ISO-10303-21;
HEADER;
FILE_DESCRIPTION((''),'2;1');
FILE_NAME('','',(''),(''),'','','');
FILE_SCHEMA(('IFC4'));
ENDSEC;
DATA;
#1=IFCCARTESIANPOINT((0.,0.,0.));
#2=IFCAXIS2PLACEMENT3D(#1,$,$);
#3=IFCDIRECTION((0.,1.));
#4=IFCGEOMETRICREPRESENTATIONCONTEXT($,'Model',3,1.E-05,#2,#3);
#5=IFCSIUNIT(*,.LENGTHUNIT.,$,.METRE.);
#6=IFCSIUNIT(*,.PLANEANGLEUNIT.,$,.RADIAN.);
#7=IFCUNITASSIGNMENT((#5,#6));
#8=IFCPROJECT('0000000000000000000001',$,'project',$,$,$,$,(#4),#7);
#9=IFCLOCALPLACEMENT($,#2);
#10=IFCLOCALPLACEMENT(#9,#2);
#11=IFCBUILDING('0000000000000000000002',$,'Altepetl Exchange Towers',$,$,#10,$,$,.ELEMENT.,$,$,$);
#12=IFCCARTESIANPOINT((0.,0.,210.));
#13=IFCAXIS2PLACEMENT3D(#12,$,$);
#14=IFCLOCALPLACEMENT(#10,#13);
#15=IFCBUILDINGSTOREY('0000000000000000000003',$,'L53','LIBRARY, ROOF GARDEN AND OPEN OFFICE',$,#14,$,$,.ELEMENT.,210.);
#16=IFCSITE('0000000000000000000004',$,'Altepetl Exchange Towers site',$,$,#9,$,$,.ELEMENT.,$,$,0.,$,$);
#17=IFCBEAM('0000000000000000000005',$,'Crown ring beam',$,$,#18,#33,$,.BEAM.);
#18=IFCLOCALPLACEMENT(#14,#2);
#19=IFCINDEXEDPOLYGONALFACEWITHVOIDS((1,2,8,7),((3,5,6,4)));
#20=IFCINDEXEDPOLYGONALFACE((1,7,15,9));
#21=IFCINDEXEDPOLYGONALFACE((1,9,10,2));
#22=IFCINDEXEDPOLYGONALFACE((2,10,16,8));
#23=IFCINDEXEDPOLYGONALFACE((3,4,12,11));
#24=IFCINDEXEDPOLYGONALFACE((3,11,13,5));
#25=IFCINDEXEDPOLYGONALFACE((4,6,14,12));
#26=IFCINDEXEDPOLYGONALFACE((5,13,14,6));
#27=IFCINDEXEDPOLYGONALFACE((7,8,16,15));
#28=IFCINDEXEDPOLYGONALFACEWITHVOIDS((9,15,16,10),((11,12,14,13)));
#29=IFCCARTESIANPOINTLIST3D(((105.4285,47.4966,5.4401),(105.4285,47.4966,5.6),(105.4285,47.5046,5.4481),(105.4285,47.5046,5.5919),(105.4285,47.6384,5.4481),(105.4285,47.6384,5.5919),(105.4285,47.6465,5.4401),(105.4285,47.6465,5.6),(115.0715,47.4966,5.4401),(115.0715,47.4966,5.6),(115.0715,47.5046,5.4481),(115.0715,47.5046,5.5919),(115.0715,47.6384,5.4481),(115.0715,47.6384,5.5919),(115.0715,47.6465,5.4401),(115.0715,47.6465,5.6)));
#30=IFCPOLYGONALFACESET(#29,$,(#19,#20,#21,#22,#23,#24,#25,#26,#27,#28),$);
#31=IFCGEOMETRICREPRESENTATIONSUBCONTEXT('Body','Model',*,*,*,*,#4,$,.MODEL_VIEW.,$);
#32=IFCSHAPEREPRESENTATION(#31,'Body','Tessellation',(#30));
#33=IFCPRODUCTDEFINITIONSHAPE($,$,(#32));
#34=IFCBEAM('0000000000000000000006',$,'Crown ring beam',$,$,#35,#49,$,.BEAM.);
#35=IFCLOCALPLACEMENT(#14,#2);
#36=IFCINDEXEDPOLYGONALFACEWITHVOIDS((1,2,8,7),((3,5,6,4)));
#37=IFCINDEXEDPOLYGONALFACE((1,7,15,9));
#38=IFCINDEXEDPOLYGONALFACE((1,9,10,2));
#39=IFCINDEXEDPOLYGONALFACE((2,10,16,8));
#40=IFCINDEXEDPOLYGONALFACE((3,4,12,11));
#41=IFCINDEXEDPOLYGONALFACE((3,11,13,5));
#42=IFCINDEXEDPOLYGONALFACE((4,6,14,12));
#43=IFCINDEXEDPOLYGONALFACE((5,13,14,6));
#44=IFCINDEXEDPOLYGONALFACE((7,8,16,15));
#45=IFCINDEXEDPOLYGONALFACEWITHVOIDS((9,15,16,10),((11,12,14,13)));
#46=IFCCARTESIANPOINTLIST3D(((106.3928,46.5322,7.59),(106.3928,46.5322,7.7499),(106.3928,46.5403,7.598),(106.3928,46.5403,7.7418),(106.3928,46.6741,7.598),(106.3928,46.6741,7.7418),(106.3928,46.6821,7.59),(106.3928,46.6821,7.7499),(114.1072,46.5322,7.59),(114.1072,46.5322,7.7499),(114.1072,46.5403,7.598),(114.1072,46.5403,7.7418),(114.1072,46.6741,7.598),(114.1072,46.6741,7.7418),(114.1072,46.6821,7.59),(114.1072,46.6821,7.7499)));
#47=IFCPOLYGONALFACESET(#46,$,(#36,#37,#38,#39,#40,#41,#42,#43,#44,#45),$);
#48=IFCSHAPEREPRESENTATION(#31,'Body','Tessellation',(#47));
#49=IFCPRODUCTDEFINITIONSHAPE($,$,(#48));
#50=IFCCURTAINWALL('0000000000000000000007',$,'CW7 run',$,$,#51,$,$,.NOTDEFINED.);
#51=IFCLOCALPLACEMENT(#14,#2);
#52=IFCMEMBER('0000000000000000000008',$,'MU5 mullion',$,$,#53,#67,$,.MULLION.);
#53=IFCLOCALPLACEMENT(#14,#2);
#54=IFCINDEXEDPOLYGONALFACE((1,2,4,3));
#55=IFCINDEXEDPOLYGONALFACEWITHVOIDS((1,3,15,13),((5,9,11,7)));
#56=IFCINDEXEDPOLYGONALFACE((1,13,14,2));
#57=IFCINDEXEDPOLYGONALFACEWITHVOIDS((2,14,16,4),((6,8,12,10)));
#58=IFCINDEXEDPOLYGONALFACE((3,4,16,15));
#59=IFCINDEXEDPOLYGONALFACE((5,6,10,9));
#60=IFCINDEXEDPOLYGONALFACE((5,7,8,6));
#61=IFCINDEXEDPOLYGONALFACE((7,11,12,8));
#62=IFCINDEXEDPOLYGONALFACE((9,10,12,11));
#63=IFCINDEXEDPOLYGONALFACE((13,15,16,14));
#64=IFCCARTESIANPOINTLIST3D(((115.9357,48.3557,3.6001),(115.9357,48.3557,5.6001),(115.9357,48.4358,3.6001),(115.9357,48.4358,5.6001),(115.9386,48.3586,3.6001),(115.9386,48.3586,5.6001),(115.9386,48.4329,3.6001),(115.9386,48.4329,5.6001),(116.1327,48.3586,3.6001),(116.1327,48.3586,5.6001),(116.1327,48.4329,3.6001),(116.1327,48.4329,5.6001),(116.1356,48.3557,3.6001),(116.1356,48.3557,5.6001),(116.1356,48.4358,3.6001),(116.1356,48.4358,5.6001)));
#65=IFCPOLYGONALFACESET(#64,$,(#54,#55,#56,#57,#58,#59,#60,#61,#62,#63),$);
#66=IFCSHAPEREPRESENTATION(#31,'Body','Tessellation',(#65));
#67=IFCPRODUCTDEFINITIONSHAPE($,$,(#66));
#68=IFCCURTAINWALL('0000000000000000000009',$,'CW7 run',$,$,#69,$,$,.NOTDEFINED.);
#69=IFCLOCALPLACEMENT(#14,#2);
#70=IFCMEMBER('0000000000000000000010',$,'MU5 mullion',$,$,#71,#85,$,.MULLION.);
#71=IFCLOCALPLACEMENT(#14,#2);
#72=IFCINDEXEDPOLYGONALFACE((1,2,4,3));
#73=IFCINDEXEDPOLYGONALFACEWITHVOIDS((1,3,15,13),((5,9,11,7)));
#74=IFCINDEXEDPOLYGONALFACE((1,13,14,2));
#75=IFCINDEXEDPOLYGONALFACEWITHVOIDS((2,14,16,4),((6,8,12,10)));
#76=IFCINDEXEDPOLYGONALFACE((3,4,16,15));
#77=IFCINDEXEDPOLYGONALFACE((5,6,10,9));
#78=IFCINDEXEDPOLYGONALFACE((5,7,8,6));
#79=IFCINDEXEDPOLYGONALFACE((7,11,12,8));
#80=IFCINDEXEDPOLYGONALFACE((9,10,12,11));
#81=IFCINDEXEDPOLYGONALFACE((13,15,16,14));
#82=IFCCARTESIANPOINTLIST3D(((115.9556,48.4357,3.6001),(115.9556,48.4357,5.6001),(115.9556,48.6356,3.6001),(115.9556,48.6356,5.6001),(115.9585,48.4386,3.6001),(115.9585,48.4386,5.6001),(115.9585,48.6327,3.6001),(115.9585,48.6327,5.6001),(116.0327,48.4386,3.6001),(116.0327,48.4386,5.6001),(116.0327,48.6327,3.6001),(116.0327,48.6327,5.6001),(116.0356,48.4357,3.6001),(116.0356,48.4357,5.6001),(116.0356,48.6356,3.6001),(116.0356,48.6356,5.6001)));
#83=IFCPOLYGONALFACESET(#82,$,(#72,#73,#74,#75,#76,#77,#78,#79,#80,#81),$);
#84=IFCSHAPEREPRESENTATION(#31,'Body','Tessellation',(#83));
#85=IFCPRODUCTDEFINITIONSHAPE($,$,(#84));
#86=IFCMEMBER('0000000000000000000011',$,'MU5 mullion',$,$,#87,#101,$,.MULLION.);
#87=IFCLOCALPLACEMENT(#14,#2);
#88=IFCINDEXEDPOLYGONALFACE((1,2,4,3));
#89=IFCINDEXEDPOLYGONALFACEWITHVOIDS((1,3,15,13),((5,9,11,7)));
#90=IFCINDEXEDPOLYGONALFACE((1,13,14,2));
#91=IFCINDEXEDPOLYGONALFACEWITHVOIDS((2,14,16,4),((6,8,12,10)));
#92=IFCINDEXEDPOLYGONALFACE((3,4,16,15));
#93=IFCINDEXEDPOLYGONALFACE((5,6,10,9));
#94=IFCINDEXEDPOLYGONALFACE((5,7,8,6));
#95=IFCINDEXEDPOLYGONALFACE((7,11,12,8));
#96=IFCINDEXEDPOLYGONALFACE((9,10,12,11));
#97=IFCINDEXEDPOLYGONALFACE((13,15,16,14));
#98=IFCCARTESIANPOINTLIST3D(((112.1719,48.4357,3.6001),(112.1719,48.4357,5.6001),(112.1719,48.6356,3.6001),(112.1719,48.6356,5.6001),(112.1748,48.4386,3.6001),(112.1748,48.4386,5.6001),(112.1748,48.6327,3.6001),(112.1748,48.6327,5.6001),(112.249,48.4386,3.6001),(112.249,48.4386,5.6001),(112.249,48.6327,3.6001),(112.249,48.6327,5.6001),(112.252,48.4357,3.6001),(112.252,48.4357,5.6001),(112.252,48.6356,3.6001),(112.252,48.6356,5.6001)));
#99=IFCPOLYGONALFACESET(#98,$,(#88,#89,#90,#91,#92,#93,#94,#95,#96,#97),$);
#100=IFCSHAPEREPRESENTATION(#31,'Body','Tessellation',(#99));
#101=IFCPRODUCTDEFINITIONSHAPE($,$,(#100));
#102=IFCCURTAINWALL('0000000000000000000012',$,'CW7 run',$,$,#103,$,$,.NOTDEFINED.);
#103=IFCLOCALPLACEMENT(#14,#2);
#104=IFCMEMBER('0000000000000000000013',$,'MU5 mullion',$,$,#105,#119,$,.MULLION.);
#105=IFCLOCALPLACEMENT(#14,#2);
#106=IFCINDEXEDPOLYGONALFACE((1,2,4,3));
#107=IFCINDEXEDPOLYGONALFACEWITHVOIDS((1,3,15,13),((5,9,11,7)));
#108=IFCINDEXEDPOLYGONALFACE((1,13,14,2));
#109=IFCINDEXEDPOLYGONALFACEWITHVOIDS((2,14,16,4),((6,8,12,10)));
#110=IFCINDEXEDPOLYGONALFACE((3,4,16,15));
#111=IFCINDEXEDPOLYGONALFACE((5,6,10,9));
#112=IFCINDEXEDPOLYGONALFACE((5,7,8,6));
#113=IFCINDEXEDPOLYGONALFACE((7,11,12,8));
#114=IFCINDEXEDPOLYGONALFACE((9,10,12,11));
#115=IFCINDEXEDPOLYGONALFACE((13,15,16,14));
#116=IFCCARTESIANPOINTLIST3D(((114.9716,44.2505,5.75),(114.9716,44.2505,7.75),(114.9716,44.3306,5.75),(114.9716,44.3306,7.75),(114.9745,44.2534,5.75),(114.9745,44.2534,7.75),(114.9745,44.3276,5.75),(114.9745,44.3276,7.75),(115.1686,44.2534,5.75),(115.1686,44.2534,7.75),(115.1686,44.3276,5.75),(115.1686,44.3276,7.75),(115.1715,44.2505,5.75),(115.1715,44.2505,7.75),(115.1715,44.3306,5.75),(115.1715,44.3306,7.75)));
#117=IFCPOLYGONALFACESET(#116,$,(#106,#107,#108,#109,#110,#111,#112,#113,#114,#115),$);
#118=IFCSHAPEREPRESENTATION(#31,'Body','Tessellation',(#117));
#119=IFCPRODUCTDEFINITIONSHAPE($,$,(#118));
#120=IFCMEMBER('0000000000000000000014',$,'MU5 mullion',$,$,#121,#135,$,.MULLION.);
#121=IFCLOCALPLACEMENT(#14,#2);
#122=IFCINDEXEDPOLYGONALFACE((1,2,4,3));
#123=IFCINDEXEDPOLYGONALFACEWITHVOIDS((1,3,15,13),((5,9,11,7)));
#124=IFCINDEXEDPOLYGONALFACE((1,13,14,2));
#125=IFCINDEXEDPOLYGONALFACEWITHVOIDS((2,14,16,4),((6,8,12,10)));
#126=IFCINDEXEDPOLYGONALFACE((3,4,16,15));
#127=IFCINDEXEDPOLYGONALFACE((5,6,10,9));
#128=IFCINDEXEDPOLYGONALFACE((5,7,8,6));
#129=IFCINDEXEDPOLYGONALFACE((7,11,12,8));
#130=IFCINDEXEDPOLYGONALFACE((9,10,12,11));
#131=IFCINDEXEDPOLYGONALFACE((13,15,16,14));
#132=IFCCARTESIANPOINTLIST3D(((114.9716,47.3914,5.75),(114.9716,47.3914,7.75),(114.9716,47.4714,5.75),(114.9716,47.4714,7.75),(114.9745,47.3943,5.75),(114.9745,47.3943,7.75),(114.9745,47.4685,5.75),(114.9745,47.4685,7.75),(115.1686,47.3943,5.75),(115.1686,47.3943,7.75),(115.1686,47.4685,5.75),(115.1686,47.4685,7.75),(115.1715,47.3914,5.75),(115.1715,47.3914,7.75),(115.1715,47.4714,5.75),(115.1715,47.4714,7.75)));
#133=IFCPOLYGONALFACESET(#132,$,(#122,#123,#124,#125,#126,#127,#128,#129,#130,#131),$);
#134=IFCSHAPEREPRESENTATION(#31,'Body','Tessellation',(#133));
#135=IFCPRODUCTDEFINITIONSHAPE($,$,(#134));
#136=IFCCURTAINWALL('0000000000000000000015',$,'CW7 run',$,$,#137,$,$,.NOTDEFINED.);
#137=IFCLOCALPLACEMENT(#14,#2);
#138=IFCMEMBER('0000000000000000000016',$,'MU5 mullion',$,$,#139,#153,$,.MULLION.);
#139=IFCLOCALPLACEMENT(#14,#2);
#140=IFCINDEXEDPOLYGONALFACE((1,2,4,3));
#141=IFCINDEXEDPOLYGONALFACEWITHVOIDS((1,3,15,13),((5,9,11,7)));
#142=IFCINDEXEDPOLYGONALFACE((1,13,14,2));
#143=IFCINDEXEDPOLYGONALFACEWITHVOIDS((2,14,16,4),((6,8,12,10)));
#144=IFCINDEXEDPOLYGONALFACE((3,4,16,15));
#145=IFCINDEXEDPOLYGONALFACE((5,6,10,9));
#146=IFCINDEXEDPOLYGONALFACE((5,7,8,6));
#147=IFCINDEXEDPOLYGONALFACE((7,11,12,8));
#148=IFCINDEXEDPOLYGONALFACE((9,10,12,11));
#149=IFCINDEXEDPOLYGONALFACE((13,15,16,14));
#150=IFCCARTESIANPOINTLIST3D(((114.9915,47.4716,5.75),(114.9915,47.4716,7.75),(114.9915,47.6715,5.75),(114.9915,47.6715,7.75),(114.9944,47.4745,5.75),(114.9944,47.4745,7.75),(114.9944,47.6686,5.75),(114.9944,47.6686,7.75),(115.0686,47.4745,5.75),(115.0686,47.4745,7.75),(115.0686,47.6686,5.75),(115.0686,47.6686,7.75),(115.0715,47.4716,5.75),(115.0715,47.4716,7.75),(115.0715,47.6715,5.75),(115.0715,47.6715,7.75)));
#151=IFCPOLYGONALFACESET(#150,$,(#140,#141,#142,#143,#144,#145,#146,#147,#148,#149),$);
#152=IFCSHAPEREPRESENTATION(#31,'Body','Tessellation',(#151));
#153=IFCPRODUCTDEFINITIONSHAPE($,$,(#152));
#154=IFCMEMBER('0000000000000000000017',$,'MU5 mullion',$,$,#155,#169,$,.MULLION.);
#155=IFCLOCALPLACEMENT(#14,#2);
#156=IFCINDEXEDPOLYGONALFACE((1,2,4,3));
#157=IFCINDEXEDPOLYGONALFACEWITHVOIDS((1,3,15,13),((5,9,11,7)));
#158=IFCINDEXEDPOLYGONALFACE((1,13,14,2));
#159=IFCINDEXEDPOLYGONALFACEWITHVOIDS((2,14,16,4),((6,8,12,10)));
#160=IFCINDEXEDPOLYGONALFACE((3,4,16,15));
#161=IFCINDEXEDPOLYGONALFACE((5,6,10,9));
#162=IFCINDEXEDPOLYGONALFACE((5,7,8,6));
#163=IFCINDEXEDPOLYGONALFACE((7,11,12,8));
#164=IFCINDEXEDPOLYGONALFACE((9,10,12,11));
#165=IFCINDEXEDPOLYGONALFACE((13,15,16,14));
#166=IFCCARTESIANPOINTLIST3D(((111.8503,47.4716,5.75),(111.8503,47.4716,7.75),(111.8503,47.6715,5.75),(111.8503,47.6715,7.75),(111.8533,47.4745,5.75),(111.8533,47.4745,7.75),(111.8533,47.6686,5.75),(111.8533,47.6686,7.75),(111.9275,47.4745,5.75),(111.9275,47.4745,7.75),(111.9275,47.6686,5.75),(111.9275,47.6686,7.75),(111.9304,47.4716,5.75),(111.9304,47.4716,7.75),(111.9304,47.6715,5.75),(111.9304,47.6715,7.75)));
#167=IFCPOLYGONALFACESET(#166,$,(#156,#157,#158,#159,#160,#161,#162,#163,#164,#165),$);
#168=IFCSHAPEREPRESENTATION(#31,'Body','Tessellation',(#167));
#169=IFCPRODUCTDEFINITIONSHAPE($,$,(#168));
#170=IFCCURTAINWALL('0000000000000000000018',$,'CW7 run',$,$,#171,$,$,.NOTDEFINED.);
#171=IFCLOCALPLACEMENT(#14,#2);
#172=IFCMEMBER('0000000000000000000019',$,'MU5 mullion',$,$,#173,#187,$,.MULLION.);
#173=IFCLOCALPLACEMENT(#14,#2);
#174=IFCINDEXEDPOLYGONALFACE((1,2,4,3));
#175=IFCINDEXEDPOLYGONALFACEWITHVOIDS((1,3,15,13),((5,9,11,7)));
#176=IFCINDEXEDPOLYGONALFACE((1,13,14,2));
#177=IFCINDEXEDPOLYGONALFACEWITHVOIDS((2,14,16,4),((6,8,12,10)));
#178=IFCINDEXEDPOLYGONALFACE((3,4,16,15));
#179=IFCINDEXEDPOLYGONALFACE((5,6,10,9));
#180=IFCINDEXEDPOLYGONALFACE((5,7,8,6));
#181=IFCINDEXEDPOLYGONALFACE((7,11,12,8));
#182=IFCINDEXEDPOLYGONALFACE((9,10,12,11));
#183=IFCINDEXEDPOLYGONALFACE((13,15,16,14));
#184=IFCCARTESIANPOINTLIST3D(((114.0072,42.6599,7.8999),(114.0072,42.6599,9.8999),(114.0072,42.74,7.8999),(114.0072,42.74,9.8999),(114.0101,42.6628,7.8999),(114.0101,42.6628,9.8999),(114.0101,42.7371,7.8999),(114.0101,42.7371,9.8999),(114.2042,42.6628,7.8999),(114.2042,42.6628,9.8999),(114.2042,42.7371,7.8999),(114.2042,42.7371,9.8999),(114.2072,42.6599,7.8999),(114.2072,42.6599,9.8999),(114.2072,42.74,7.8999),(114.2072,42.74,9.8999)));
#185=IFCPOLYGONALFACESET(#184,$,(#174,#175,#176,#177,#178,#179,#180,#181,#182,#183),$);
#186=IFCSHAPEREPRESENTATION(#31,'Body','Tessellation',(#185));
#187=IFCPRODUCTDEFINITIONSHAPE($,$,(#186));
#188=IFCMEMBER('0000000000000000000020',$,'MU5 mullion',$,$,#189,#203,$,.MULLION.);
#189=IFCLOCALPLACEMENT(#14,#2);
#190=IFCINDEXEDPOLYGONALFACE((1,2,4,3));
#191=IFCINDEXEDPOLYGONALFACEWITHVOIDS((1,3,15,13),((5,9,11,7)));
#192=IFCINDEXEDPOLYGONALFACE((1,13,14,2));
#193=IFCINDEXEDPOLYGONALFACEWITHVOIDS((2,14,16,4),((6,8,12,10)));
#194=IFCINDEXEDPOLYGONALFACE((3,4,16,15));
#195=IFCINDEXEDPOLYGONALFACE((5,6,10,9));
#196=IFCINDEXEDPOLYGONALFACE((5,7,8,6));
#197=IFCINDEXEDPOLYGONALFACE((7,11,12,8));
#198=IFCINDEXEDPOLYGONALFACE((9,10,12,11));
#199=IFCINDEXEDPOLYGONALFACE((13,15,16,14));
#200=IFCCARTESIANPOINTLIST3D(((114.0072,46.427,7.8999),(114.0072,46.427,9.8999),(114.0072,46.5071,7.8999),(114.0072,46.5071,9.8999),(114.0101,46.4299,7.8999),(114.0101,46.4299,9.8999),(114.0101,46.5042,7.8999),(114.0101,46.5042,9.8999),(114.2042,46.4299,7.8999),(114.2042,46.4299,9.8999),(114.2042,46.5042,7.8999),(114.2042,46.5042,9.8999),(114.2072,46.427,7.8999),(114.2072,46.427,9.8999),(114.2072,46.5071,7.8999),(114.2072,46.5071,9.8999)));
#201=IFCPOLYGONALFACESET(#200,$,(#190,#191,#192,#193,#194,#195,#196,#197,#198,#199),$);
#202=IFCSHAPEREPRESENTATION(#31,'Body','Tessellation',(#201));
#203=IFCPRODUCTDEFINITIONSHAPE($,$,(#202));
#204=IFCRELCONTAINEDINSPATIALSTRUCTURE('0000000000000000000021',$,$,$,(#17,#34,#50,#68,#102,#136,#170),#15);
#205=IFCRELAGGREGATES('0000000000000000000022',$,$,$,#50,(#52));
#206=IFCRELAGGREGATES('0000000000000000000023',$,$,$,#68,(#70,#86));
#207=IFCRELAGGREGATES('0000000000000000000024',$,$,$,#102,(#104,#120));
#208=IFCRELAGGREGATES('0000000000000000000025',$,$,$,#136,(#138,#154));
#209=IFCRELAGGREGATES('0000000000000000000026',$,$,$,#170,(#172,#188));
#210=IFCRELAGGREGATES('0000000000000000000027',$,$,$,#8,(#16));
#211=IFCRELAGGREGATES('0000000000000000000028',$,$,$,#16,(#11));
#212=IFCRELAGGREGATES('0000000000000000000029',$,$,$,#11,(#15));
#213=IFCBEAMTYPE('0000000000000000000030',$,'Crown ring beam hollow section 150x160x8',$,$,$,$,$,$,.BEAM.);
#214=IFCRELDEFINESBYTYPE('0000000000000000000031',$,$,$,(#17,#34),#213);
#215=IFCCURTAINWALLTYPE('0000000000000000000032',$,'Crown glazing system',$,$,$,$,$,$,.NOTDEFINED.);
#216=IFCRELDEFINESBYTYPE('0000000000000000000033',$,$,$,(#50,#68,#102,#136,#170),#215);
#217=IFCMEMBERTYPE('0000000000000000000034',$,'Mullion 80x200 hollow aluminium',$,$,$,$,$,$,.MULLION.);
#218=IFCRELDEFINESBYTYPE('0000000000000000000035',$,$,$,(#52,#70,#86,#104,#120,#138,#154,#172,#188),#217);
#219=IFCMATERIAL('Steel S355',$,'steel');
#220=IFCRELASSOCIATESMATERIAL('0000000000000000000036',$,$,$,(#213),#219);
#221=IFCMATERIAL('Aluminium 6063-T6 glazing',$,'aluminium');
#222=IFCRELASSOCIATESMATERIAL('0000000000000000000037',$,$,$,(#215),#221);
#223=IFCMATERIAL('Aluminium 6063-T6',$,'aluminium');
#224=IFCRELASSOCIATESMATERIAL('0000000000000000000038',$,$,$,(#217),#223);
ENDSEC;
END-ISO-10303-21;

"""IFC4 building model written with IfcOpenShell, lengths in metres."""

from ifc_helpers import new_model, si_unit, direction, frame, origin, origin_2d, place, context, subcontext, project, spatial, hollow_rectangle, extrude, material, material_profile, profile_set, type_object, element, aggregate, save


model = new_model("IFC4")

# Units and contexts
model_context = context("Model", 3, precision=1e-05, world=origin(), true_north=direction((0.0, 1.0)))
body_context = subcontext(model_context, "Body", "Model", "MODEL_VIEW")
ifc_project = project(units=[si_unit("LENGTHUNIT", "METRE"), si_unit("PLANEANGLEUNIT", "RADIAN")], contexts=[model_context])

# Site, building, storey
site_placement = place(None, origin())
site = spatial("IfcSite", under=ifc_project, at=site_placement, Name="Altepetl Exchange Towers site", CompositionType="ELEMENT", RefElevation=0.0)
building_placement = place(site_placement, origin())
building = spatial("IfcBuilding", under=site, at=building_placement, Name="Altepetl Exchange Towers", CompositionType="ELEMENT")
storey_placement = place(building_placement, frame((0.0, 0.0, 210.0)))
storey = spatial("IfcBuildingStorey", under=building, at=storey_placement, Name="L53", Description="LIBRARY, ROOF GARDEN AND OPEN OFFICE", CompositionType="ELEMENT", Elevation=210.0)

# Beams
ifc_material_1 = material(Name="Steel S355", Category="steel")
ifc_material_profile_1 = material_profile(ifc_material_1, hollow_rectangle(XDim=0.1499, YDim=0.1599, WallThickness=0.0081, at=origin_2d()), Name="RHS 160x150x8")
ifc_profile_set_1 = profile_set([ifc_material_profile_1], Name="Steel S355")
beam_type = type_object("IfcBeamType", Name="Crown ring beam hollow section 150x160x8", PredefinedType="BEAM", material=ifc_profile_set_1)
beam_1_placement = place(storey_placement, frame((115.0715, 47.5715, 5.52), z_axis=(-1.0, 0.0, 0.0), x_axis=(0.0, -1.0, 0.0)))
element("IfcBeam", 1, at=beam_1_placement, inside=storey, type_object=beam_type, Name="Crown ring beam", PredefinedType="BEAM", context=body_context, shape_type="SweptSolid", body=[
    extrude(hollow_rectangle(XDim=0.1499, YDim=0.1599, WallThickness=0.0081, at=origin_2d()), origin(), (0.0, 0.0, 1.0), 9.6431),
])
beam_2_placement = place(storey_placement, frame((114.1072, 46.6072, 7.6699), z_axis=(-1.0, 0.0, 0.0), x_axis=(0.0, -1.0, 0.0)))
element("IfcBeam", 2, at=beam_2_placement, inside=storey, type_object=beam_type, Name="Crown ring beam", PredefinedType="BEAM", context=body_context, shape_type="SweptSolid", body=[
    extrude(hollow_rectangle(XDim=0.1499, YDim=0.1599, WallThickness=0.0081, at=origin_2d()), origin(), (0.0, 0.0, 1.0), 7.7144),
])

# Curtain wall, member
ifc_material_2 = material(Name="Aluminium 6063-T6 glazing", Category="aluminium")
curtain_wall_type = type_object("IfcCurtainWallType", Name="Crown glazing system", PredefinedType="NOTDEFINED", material=ifc_material_2)
curtain_wall_1_placement = place(storey_placement, origin())
curtain_wall_1 = element("IfcCurtainWall", 3, at=curtain_wall_1_placement, inside=storey, type_object=curtain_wall_type, Name="CW7 run", PredefinedType="NOTDEFINED")
ifc_material_3 = material(Name="Aluminium 6063-T6", Category="aluminium")
ifc_material_profile_2 = material_profile(ifc_material_3, hollow_rectangle(XDim=0.0801, YDim=0.2, WallThickness=0.0029, at=origin_2d()), Name="Mullion 80x200 hollow aluminium")
ifc_profile_set_2 = profile_set([ifc_material_profile_2], Name="Aluminium 6063-T6")
member_type = type_object("IfcMemberType", Name="Mullion 80x200 hollow aluminium", PredefinedType="MULLION", material=ifc_profile_set_2)
member_1_placement = place(storey_placement, frame((116.0356, 48.3958, 3.6001), z_axis=(0.0, 0.0, 1.0), x_axis=(0.0, 1.0, 0.0)))
member_1 = element("IfcMember", 4, at=member_1_placement, type_object=member_type, Name="MU5 mullion", PredefinedType="MULLION", context=body_context, shape_type="SweptSolid", body=[
    extrude(hollow_rectangle(XDim=0.0801, YDim=0.2, WallThickness=0.0029, at=origin_2d()), origin(), (0.0, 0.0, 1.0), 2.0),
])
aggregate(curtain_wall_1, [member_1])

# Curtain walls, members
curtain_wall_2_placement = place(storey_placement, origin())
curtain_wall_2 = element("IfcCurtainWall", 5, at=curtain_wall_2_placement, inside=storey, type_object=curtain_wall_type, Name="CW7 run", PredefinedType="NOTDEFINED")
member_2_placement = place(storey_placement, frame((115.9956, 48.5356, 3.6001), z_axis=(0.0, 0.0, 1.0), x_axis=(-1.0, 0.0, 0.0)))
member_2 = element("IfcMember", 6, at=member_2_placement, type_object=member_type, Name="MU5 mullion", PredefinedType="MULLION", context=body_context, shape_type="SweptSolid", body=[
    extrude(hollow_rectangle(XDim=0.0801, YDim=0.2, WallThickness=0.0029, at=origin_2d()), origin(), (0.0, 0.0, 1.0), 2.0),
])
member_3_placement = place(storey_placement, frame((112.2119, 48.5356, 3.6001), z_axis=(0.0, 0.0, 1.0), x_axis=(-1.0, 0.0, 0.0)))
member_3 = element("IfcMember", 7, at=member_3_placement, type_object=member_type, Name="MU5 mullion", PredefinedType="MULLION", context=body_context, shape_type="SweptSolid", body=[
    extrude(hollow_rectangle(XDim=0.0801, YDim=0.2, WallThickness=0.0029, at=origin_2d()), origin(), (0.0, 0.0, 1.0), 2.0),
])
curtain_wall_3_placement = place(storey_placement, origin())
curtain_wall_3 = element("IfcCurtainWall", 8, at=curtain_wall_3_placement, inside=storey, type_object=curtain_wall_type, Name="CW7 run", PredefinedType="NOTDEFINED")
member_4_placement = place(storey_placement, frame((115.0715, 44.2905, 5.75), z_axis=(0.0, 0.0, 1.0), x_axis=(0.0, 1.0, 0.0)))
member_4 = element("IfcMember", 9, at=member_4_placement, type_object=member_type, Name="MU5 mullion", PredefinedType="MULLION", context=body_context, shape_type="SweptSolid", body=[
    extrude(hollow_rectangle(XDim=0.0801, YDim=0.2, WallThickness=0.0029, at=origin_2d()), origin(), (0.0, 0.0, 1.0), 2.0),
])
member_5_placement = place(storey_placement, frame((115.0715, 47.4314, 5.75), z_axis=(0.0, 0.0, 1.0), x_axis=(0.0, 1.0, 0.0)))
member_5 = element("IfcMember", 10, at=member_5_placement, type_object=member_type, Name="MU5 mullion", PredefinedType="MULLION", context=body_context, shape_type="SweptSolid", body=[
    extrude(hollow_rectangle(XDim=0.0801, YDim=0.2, WallThickness=0.0029, at=origin_2d()), origin(), (0.0, 0.0, 1.0), 2.0),
])
curtain_wall_4_placement = place(storey_placement, origin())
curtain_wall_4 = element("IfcCurtainWall", 11, at=curtain_wall_4_placement, inside=storey, type_object=curtain_wall_type, Name="CW7 run", PredefinedType="NOTDEFINED")
member_6_placement = place(storey_placement, frame((115.0315, 47.5715, 5.75), z_axis=(0.0, 0.0, 1.0), x_axis=(-1.0, 0.0, 0.0)))
member_6 = element("IfcMember", 12, at=member_6_placement, type_object=member_type, Name="MU5 mullion", PredefinedType="MULLION", context=body_context, shape_type="SweptSolid", body=[
    extrude(hollow_rectangle(XDim=0.0801, YDim=0.2, WallThickness=0.0029, at=origin_2d()), origin(), (0.0, 0.0, 1.0), 2.0),
])
member_7_placement = place(storey_placement, frame((111.8904, 47.5715, 5.75), z_axis=(0.0, 0.0, 1.0), x_axis=(-1.0, 0.0, 0.0)))
member_7 = element("IfcMember", 13, at=member_7_placement, type_object=member_type, Name="MU5 mullion", PredefinedType="MULLION", context=body_context, shape_type="SweptSolid", body=[
    extrude(hollow_rectangle(XDim=0.0801, YDim=0.2, WallThickness=0.0029, at=origin_2d()), origin(), (0.0, 0.0, 1.0), 2.0),
])
curtain_wall_5_placement = place(storey_placement, origin())
curtain_wall_5 = element("IfcCurtainWall", 14, at=curtain_wall_5_placement, inside=storey, type_object=curtain_wall_type, Name="CW7 run", PredefinedType="NOTDEFINED")
member_8_placement = place(storey_placement, frame((114.1072, 42.7, 7.8999), z_axis=(0.0, 0.0, 1.0), x_axis=(0.0, 1.0, 0.0)))
member_8 = element("IfcMember", 15, at=member_8_placement, type_object=member_type, Name="MU5 mullion", PredefinedType="MULLION", context=body_context, shape_type="SweptSolid", body=[
    extrude(hollow_rectangle(XDim=0.0801, YDim=0.2, WallThickness=0.0029, at=origin_2d()), origin(), (0.0, 0.0, 1.0), 2.0),
])
member_9_placement = place(storey_placement, frame((114.1072, 46.467, 7.8999), z_axis=(0.0, 0.0, 1.0), x_axis=(0.0, 1.0, 0.0)))
member_9 = element("IfcMember", 16, at=member_9_placement, type_object=member_type, Name="MU5 mullion", PredefinedType="MULLION", context=body_context, shape_type="SweptSolid", body=[
    extrude(hollow_rectangle(XDim=0.0801, YDim=0.2, WallThickness=0.0029, at=origin_2d()), origin(), (0.0, 0.0, 1.0), 2.0),
])

aggregate(curtain_wall_2, [member_2, member_3])
aggregate(curtain_wall_3, [member_4, member_5])
aggregate(curtain_wall_4, [member_6, member_7])
aggregate(curtain_wall_5, [member_8, member_9])

save(model, "model.ifc")
